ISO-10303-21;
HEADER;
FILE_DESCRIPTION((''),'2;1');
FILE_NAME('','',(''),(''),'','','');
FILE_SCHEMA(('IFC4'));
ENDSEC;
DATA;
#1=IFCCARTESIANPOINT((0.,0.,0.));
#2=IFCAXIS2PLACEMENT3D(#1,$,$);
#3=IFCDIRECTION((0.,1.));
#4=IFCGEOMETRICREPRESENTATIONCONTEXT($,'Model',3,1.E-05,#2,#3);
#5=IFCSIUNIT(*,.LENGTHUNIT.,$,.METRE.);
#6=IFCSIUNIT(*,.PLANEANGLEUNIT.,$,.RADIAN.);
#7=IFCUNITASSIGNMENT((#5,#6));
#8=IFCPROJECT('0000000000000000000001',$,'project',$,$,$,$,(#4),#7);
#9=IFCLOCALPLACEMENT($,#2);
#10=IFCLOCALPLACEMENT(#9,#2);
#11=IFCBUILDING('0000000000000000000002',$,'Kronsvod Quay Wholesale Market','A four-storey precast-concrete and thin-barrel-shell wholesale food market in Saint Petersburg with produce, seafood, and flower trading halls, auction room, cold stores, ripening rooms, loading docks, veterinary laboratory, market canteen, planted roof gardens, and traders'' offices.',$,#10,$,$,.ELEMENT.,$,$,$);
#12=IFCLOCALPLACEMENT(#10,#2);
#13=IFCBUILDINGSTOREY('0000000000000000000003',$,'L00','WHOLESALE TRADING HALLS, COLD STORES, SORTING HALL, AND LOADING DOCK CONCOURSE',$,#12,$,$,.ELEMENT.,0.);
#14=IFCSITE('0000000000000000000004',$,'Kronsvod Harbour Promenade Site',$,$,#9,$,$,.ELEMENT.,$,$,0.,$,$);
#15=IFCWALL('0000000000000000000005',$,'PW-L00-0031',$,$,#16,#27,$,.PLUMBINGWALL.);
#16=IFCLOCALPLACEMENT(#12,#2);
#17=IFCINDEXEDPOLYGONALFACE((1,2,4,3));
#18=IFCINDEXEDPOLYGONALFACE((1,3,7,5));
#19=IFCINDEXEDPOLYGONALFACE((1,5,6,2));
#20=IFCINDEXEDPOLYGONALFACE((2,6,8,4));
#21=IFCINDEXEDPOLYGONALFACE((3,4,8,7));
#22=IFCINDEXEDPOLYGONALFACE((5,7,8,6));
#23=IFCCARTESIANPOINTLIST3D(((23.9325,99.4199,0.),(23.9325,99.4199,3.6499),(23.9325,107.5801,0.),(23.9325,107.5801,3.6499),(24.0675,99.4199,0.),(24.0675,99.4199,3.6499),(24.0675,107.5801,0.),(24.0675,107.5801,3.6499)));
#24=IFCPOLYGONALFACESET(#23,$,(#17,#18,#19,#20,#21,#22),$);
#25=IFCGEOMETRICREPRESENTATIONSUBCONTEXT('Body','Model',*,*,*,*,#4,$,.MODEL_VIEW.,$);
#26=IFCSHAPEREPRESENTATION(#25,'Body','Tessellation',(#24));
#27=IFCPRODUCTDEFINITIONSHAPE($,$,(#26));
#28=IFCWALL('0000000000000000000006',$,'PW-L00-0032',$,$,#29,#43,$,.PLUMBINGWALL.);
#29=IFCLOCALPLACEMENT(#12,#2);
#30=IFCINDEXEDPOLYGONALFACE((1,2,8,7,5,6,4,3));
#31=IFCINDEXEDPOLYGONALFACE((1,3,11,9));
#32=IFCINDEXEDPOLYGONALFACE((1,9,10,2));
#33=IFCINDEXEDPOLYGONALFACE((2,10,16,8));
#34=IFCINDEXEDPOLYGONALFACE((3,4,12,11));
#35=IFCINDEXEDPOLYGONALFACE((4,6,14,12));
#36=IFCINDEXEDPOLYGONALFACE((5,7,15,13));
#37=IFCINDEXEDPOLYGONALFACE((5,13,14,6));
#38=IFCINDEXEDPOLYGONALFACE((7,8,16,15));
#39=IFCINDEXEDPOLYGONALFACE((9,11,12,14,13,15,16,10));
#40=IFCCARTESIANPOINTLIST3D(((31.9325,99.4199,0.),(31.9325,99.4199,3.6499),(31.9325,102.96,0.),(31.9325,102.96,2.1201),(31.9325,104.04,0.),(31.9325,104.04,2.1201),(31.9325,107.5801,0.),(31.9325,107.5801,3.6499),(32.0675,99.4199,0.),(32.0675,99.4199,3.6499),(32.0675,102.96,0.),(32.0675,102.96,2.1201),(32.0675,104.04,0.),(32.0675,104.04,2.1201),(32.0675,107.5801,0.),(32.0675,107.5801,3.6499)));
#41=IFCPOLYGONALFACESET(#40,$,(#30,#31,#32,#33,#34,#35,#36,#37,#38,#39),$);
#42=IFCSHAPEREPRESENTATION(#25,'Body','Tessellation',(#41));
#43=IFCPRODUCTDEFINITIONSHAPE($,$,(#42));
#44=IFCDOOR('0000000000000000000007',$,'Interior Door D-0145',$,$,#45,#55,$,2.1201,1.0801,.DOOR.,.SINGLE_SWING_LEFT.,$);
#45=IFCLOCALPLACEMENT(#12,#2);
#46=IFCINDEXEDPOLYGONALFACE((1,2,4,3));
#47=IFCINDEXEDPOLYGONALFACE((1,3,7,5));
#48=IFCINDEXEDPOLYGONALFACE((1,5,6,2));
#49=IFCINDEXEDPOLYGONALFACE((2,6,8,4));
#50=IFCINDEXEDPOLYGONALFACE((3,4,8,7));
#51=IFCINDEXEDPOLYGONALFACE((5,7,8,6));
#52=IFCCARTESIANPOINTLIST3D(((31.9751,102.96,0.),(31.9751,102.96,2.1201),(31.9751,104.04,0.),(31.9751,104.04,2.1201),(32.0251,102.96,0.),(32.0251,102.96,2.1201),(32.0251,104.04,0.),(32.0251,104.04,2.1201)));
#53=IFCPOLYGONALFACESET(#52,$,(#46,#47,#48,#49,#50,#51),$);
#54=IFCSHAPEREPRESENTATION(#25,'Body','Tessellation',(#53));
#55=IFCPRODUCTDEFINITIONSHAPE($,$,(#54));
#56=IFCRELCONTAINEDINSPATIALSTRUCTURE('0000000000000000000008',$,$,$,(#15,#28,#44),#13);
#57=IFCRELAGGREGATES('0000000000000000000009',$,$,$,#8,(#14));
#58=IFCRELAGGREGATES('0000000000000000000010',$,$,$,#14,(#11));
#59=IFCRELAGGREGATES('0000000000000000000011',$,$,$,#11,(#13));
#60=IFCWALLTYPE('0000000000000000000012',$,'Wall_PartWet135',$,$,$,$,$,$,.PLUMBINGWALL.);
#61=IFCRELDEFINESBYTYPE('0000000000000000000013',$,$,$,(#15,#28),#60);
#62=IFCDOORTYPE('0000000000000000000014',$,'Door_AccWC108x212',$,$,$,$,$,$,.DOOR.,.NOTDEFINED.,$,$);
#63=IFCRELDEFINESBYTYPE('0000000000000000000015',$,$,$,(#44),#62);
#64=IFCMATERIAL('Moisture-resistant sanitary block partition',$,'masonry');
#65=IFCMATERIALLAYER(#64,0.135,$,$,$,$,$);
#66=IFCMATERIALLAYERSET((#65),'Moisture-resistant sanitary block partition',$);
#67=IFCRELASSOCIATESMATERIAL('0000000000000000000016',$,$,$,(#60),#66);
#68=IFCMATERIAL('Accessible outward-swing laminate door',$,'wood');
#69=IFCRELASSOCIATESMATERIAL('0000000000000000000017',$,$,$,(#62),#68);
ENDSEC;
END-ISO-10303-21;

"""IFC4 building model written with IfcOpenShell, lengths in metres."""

from ifc_helpers import new_model, si_unit, direction, frame, frame_2d, origin, place, context, subcontext, project, spatial, rectangle, extrude, material, layer, layer_set, type_object, element, fill, save


model = new_model("IFC4")

# Units and contexts
model_context = context("Model", 3, precision=1e-05, world=origin(), true_north=direction((0.0, 1.0)))
body_context = subcontext(model_context, "Body", "Model", "MODEL_VIEW")
ifc_project = project(units=[si_unit("LENGTHUNIT", "METRE"), si_unit("PLANEANGLEUNIT", "RADIAN")], contexts=[model_context])

# Site, building, storey
site_placement = place(None, origin())
site = spatial("IfcSite", under=ifc_project, at=site_placement, Name="Kronsvod Harbour Promenade Site", CompositionType="ELEMENT", RefElevation=0.0)
building_placement = place(site_placement, origin())
building = spatial("IfcBuilding", under=site, at=building_placement, Name="Kronsvod Quay Wholesale Market", Description="A four-storey precast-concrete and thin-barrel-shell wholesale food market in Saint Petersburg with produce, seafood, and flower trading halls, auction room, cold stores, ripening rooms, loading docks, veterinary laboratory, market canteen, planted roof gardens, and traders' offices.", CompositionType="ELEMENT")
storey_placement = place(building_placement, origin())
storey = spatial("IfcBuildingStorey", under=building, at=storey_placement, Name="L00", Description="WHOLESALE TRADING HALLS, COLD STORES, SORTING HALL, AND LOADING DOCK CONCOURSE", CompositionType="ELEMENT", Elevation=0.0)

# Wall
ifc_material_1 = material(Name="Moisture-resistant sanitary block partition", Category="masonry")
ifc_layer_1 = layer(ifc_material_1, 0.135)
ifc_layer_set_1 = layer_set([ifc_layer_1], Name="Moisture-resistant sanitary block partition")
wall_type_1 = type_object("IfcWallType", Name="Wall_PartWet135", PredefinedType="PLUMBINGWALL", material=ifc_layer_set_1)
wall_1_placement = place(storey_placement, frame((24.0, 99.4199, 0.0), z_axis=(0.0, 0.0, 1.0), x_axis=(0.0, 1.0, 0.0)))
element("IfcWall", 1, at=wall_1_placement, inside=storey, type_object=wall_type_1, Name="PW-L00-0031", PredefinedType="PLUMBINGWALL", context=body_context, shape_type="SweptSolid", body=[
    extrude(rectangle(XDim=8.1602, YDim=0.135, at=frame_2d((4.0801, 0.0))), origin(), (0.0, 0.0, 1.0), 3.6499),
])

# Wall, opening, door
wall_2_placement = place(storey_placement, frame((32.0, 99.4199, 0.0), z_axis=(0.0, 0.0, 1.0), x_axis=(0.0, 1.0, 0.0)))
wall_2 = element("IfcWall", 2, at=wall_2_placement, inside=storey, type_object=wall_type_1, Name="PW-L00-0032", PredefinedType="PLUMBINGWALL", context=body_context, shape_type="SweptSolid", body=[
    extrude(rectangle(XDim=8.1602, YDim=0.135, at=frame_2d((4.0801, 0.0))), origin(), (0.0, 0.0, 1.0), 3.6499),
])
opening_1_placement = place(wall_2_placement, frame((3.54, 0.0, 0.0)))
opening_1 = element("IfcOpeningElement", 3, at=opening_1_placement, cuts=wall_2, PredefinedType="OPENING", context=body_context, shape_type="SweptSolid", body=[
    extrude(rectangle(XDim=1.0801, YDim=2.1201, at=frame_2d((0.54, 1.0601))), frame((0.0, 0.0776, 0.0), z_axis=(0.0, -1.0, 0.0), x_axis=(1.0, 0.0, 0.0)), (0.0, 0.0, 1.0), 0.155),
])
ifc_material_2 = material(Name="Accessible outward-swing laminate door", Category="wood")
door_type_1 = type_object("IfcDoorType", Name="Door_AccWC108x212", OperationType="NOTDEFINED", PredefinedType="DOOR", material=ifc_material_2)
door_1_placement = place(opening_1_placement, origin())
door_1 = element("IfcDoor", 4, at=door_1_placement, inside=storey, type_object=door_type_1, Name="Interior Door D-0145", OperationType="SINGLE_SWING_LEFT", OverallHeight=2.1201, OverallWidth=1.0801, PredefinedType="DOOR", context=body_context, shape_type="SweptSolid", body=[
    extrude(rectangle(XDim=1.0801, YDim=2.1201, at=frame_2d((0.54, 1.0601))), frame((0.0, 0.0249, 0.0), z_axis=(0.0, -1.0, 0.0), x_axis=(1.0, 0.0, 0.0)), (0.0, 0.0, 1.0), 0.05),
])
fill(opening_1, door_1)

save(model, "model.ifc")
